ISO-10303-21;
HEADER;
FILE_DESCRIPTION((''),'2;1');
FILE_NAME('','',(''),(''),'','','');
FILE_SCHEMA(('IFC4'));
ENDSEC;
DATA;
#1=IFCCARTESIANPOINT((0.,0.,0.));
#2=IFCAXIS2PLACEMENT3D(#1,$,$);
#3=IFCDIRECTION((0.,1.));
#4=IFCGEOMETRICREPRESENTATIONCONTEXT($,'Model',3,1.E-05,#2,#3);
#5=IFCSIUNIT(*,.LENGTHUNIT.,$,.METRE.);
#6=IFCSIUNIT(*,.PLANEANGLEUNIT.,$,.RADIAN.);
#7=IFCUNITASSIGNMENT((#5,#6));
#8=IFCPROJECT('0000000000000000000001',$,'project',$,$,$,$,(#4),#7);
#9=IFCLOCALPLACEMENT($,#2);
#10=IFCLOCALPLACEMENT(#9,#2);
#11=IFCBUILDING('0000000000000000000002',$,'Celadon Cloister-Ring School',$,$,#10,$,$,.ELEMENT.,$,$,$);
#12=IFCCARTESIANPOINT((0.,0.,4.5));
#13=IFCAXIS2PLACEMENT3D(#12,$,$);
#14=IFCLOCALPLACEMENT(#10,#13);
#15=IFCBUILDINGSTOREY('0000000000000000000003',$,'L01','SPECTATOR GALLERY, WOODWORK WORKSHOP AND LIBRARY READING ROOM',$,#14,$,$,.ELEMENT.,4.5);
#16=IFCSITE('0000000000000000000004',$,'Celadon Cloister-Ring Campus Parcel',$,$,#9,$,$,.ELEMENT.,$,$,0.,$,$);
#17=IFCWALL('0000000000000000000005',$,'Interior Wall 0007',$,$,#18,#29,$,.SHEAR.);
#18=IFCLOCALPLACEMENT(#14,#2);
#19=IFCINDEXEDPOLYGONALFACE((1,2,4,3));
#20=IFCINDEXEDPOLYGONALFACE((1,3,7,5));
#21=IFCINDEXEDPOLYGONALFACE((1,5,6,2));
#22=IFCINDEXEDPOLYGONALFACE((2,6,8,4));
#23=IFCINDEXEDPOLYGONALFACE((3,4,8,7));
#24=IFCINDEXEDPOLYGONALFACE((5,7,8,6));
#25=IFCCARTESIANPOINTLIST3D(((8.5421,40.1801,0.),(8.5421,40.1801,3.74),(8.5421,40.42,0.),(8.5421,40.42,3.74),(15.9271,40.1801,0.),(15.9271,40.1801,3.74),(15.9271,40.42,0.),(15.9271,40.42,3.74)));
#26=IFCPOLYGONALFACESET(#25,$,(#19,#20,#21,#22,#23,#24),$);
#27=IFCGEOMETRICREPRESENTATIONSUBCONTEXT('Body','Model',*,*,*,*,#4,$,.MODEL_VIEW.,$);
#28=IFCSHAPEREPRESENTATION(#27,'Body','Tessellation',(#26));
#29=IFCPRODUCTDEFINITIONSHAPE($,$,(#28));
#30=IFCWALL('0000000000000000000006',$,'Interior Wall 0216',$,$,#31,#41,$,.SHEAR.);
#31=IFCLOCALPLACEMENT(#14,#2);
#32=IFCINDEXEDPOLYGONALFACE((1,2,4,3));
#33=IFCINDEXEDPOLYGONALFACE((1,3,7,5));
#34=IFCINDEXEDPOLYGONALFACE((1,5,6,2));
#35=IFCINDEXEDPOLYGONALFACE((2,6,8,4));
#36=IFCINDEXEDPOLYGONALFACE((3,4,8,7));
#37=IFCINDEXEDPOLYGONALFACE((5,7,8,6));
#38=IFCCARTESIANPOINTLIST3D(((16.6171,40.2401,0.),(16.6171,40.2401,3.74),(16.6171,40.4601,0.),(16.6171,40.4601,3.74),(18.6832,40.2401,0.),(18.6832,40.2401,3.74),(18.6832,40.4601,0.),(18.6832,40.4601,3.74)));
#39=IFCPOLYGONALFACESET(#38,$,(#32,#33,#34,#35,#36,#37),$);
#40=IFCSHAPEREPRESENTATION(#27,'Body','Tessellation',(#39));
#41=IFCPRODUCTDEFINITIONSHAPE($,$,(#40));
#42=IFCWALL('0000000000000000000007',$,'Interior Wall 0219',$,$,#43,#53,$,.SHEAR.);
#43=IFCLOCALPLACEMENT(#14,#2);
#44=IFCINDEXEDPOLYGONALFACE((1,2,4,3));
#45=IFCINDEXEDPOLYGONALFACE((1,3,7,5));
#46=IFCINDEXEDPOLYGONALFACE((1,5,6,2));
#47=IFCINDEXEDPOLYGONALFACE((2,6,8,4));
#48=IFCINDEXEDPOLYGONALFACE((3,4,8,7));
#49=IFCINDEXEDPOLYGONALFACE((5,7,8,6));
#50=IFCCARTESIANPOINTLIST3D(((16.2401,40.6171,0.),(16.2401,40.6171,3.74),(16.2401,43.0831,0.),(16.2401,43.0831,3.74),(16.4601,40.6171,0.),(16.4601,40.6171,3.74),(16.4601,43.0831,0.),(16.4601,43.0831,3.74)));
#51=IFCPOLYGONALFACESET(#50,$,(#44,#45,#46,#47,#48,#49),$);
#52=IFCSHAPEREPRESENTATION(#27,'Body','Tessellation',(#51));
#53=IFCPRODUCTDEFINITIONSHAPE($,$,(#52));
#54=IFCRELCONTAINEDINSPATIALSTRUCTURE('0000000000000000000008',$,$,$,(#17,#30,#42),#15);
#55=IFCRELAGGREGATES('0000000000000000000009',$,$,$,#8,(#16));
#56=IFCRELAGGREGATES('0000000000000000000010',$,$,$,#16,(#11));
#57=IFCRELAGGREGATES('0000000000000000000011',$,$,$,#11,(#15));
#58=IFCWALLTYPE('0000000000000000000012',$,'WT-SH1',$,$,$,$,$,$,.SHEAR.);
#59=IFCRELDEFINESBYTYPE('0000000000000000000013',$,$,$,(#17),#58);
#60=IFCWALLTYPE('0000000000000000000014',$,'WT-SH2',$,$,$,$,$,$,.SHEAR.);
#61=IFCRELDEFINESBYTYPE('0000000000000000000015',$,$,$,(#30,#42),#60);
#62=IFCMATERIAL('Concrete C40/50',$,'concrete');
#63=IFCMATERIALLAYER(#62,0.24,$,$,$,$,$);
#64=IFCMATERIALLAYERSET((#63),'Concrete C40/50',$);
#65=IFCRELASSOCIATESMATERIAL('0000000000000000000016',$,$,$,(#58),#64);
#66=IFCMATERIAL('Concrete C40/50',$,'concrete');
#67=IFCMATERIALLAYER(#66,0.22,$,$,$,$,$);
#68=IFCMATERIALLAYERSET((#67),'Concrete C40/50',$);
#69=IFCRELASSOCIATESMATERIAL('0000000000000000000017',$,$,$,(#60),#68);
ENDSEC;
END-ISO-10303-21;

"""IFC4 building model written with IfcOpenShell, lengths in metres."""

from ifc_helpers import new_model, si_unit, direction, frame, frame_2d, origin, place, context, subcontext, project, spatial, rectangle, extrude, material, layer, layer_set, type_object, element, save


model = new_model("IFC4")

# Units and contexts
model_context = context("Model", 3, precision=1e-05, world=origin(), true_north=direction((0.0, 1.0)))
body_context = subcontext(model_context, "Body", "Model", "MODEL_VIEW")
ifc_project = project(units=[si_unit("LENGTHUNIT", "METRE"), si_unit("PLANEANGLEUNIT", "RADIAN")], contexts=[model_context])

# Site, building, storey
site_placement = place(None, origin())
site = spatial("IfcSite", under=ifc_project, at=site_placement, Name="Celadon Cloister-Ring Campus Parcel", CompositionType="ELEMENT", RefElevation=0.0)
building_placement = place(site_placement, origin())
building = spatial("IfcBuilding", under=site, at=building_placement, Name="Celadon Cloister-Ring School", CompositionType="ELEMENT")
storey_placement = place(building_placement, frame((0.0, 0.0, 4.5)))
storey = spatial("IfcBuildingStorey", under=building, at=storey_placement, Name="L01", Description="SPECTATOR GALLERY, WOODWORK WORKSHOP AND LIBRARY READING ROOM", CompositionType="ELEMENT", Elevation=4.5)

# Walls
ifc_material_1 = material(Name="Concrete C40/50", Category="concrete")
ifc_layer_1 = layer(ifc_material_1, 0.24)
ifc_layer_set_1 = layer_set([ifc_layer_1], Name="Concrete C40/50")
wall_type_1 = type_object("IfcWallType", Name="WT-SH1", PredefinedType="SHEAR", material=ifc_layer_set_1)
wall_1_placement = place(storey_placement, frame((15.927, 40.3, 0.0), z_axis=(0.0, 0.0, 1.0), x_axis=(-1.0, 0.0, 0.0)))
element("IfcWall", 1, at=wall_1_placement, inside=storey, type_object=wall_type_1, Name="Interior Wall 0007", PredefinedType="SHEAR", context=body_context, shape_type="SweptSolid", body=[
    extrude(rectangle(XDim=7.385, YDim=0.24, at=frame_2d((3.6924, 0.0))), origin(), (0.0, 0.0, 1.0), 3.74),
])
ifc_material_2 = material(Name="Concrete C40/50", Category="concrete")
ifc_layer_2 = layer(ifc_material_2, 0.22)
ifc_layer_set_2 = layer_set([ifc_layer_2], Name="Concrete C40/50")
wall_type_2 = type_object("IfcWallType", Name="WT-SH2", PredefinedType="SHEAR", material=ifc_layer_set_2)
wall_2_placement = place(storey_placement, frame((16.6169, 40.3501, 0.0), z_axis=(0.0, 0.0, 1.0), x_axis=(1.0, 0.0, 0.0)))
element("IfcWall", 2, at=wall_2_placement, inside=storey, type_object=wall_type_2, Name="Interior Wall 0216", PredefinedType="SHEAR", context=body_context, shape_type="SweptSolid", body=[
    extrude(rectangle(XDim=2.0662, YDim=0.22, at=frame_2d((1.0332, 0.0))), origin(), (0.0, 0.0, 1.0), 3.74),
])

# Wall
wall_3_placement = place(storey_placement, frame((16.3501, 43.083, 0.0), z_axis=(0.0, 0.0, 1.0), x_axis=(0.0, -1.0, 0.0)))
element("IfcWall", 3, at=wall_3_placement, inside=storey, type_object=wall_type_2, Name="Interior Wall 0219", PredefinedType="SHEAR", context=body_context, shape_type="SweptSolid", body=[
    extrude(rectangle(XDim=2.4661, YDim=0.22, at=frame_2d((1.2329, 0.0))), origin(), (0.0, 0.0, 1.0), 3.74),
])

save(model, "model.ifc")
